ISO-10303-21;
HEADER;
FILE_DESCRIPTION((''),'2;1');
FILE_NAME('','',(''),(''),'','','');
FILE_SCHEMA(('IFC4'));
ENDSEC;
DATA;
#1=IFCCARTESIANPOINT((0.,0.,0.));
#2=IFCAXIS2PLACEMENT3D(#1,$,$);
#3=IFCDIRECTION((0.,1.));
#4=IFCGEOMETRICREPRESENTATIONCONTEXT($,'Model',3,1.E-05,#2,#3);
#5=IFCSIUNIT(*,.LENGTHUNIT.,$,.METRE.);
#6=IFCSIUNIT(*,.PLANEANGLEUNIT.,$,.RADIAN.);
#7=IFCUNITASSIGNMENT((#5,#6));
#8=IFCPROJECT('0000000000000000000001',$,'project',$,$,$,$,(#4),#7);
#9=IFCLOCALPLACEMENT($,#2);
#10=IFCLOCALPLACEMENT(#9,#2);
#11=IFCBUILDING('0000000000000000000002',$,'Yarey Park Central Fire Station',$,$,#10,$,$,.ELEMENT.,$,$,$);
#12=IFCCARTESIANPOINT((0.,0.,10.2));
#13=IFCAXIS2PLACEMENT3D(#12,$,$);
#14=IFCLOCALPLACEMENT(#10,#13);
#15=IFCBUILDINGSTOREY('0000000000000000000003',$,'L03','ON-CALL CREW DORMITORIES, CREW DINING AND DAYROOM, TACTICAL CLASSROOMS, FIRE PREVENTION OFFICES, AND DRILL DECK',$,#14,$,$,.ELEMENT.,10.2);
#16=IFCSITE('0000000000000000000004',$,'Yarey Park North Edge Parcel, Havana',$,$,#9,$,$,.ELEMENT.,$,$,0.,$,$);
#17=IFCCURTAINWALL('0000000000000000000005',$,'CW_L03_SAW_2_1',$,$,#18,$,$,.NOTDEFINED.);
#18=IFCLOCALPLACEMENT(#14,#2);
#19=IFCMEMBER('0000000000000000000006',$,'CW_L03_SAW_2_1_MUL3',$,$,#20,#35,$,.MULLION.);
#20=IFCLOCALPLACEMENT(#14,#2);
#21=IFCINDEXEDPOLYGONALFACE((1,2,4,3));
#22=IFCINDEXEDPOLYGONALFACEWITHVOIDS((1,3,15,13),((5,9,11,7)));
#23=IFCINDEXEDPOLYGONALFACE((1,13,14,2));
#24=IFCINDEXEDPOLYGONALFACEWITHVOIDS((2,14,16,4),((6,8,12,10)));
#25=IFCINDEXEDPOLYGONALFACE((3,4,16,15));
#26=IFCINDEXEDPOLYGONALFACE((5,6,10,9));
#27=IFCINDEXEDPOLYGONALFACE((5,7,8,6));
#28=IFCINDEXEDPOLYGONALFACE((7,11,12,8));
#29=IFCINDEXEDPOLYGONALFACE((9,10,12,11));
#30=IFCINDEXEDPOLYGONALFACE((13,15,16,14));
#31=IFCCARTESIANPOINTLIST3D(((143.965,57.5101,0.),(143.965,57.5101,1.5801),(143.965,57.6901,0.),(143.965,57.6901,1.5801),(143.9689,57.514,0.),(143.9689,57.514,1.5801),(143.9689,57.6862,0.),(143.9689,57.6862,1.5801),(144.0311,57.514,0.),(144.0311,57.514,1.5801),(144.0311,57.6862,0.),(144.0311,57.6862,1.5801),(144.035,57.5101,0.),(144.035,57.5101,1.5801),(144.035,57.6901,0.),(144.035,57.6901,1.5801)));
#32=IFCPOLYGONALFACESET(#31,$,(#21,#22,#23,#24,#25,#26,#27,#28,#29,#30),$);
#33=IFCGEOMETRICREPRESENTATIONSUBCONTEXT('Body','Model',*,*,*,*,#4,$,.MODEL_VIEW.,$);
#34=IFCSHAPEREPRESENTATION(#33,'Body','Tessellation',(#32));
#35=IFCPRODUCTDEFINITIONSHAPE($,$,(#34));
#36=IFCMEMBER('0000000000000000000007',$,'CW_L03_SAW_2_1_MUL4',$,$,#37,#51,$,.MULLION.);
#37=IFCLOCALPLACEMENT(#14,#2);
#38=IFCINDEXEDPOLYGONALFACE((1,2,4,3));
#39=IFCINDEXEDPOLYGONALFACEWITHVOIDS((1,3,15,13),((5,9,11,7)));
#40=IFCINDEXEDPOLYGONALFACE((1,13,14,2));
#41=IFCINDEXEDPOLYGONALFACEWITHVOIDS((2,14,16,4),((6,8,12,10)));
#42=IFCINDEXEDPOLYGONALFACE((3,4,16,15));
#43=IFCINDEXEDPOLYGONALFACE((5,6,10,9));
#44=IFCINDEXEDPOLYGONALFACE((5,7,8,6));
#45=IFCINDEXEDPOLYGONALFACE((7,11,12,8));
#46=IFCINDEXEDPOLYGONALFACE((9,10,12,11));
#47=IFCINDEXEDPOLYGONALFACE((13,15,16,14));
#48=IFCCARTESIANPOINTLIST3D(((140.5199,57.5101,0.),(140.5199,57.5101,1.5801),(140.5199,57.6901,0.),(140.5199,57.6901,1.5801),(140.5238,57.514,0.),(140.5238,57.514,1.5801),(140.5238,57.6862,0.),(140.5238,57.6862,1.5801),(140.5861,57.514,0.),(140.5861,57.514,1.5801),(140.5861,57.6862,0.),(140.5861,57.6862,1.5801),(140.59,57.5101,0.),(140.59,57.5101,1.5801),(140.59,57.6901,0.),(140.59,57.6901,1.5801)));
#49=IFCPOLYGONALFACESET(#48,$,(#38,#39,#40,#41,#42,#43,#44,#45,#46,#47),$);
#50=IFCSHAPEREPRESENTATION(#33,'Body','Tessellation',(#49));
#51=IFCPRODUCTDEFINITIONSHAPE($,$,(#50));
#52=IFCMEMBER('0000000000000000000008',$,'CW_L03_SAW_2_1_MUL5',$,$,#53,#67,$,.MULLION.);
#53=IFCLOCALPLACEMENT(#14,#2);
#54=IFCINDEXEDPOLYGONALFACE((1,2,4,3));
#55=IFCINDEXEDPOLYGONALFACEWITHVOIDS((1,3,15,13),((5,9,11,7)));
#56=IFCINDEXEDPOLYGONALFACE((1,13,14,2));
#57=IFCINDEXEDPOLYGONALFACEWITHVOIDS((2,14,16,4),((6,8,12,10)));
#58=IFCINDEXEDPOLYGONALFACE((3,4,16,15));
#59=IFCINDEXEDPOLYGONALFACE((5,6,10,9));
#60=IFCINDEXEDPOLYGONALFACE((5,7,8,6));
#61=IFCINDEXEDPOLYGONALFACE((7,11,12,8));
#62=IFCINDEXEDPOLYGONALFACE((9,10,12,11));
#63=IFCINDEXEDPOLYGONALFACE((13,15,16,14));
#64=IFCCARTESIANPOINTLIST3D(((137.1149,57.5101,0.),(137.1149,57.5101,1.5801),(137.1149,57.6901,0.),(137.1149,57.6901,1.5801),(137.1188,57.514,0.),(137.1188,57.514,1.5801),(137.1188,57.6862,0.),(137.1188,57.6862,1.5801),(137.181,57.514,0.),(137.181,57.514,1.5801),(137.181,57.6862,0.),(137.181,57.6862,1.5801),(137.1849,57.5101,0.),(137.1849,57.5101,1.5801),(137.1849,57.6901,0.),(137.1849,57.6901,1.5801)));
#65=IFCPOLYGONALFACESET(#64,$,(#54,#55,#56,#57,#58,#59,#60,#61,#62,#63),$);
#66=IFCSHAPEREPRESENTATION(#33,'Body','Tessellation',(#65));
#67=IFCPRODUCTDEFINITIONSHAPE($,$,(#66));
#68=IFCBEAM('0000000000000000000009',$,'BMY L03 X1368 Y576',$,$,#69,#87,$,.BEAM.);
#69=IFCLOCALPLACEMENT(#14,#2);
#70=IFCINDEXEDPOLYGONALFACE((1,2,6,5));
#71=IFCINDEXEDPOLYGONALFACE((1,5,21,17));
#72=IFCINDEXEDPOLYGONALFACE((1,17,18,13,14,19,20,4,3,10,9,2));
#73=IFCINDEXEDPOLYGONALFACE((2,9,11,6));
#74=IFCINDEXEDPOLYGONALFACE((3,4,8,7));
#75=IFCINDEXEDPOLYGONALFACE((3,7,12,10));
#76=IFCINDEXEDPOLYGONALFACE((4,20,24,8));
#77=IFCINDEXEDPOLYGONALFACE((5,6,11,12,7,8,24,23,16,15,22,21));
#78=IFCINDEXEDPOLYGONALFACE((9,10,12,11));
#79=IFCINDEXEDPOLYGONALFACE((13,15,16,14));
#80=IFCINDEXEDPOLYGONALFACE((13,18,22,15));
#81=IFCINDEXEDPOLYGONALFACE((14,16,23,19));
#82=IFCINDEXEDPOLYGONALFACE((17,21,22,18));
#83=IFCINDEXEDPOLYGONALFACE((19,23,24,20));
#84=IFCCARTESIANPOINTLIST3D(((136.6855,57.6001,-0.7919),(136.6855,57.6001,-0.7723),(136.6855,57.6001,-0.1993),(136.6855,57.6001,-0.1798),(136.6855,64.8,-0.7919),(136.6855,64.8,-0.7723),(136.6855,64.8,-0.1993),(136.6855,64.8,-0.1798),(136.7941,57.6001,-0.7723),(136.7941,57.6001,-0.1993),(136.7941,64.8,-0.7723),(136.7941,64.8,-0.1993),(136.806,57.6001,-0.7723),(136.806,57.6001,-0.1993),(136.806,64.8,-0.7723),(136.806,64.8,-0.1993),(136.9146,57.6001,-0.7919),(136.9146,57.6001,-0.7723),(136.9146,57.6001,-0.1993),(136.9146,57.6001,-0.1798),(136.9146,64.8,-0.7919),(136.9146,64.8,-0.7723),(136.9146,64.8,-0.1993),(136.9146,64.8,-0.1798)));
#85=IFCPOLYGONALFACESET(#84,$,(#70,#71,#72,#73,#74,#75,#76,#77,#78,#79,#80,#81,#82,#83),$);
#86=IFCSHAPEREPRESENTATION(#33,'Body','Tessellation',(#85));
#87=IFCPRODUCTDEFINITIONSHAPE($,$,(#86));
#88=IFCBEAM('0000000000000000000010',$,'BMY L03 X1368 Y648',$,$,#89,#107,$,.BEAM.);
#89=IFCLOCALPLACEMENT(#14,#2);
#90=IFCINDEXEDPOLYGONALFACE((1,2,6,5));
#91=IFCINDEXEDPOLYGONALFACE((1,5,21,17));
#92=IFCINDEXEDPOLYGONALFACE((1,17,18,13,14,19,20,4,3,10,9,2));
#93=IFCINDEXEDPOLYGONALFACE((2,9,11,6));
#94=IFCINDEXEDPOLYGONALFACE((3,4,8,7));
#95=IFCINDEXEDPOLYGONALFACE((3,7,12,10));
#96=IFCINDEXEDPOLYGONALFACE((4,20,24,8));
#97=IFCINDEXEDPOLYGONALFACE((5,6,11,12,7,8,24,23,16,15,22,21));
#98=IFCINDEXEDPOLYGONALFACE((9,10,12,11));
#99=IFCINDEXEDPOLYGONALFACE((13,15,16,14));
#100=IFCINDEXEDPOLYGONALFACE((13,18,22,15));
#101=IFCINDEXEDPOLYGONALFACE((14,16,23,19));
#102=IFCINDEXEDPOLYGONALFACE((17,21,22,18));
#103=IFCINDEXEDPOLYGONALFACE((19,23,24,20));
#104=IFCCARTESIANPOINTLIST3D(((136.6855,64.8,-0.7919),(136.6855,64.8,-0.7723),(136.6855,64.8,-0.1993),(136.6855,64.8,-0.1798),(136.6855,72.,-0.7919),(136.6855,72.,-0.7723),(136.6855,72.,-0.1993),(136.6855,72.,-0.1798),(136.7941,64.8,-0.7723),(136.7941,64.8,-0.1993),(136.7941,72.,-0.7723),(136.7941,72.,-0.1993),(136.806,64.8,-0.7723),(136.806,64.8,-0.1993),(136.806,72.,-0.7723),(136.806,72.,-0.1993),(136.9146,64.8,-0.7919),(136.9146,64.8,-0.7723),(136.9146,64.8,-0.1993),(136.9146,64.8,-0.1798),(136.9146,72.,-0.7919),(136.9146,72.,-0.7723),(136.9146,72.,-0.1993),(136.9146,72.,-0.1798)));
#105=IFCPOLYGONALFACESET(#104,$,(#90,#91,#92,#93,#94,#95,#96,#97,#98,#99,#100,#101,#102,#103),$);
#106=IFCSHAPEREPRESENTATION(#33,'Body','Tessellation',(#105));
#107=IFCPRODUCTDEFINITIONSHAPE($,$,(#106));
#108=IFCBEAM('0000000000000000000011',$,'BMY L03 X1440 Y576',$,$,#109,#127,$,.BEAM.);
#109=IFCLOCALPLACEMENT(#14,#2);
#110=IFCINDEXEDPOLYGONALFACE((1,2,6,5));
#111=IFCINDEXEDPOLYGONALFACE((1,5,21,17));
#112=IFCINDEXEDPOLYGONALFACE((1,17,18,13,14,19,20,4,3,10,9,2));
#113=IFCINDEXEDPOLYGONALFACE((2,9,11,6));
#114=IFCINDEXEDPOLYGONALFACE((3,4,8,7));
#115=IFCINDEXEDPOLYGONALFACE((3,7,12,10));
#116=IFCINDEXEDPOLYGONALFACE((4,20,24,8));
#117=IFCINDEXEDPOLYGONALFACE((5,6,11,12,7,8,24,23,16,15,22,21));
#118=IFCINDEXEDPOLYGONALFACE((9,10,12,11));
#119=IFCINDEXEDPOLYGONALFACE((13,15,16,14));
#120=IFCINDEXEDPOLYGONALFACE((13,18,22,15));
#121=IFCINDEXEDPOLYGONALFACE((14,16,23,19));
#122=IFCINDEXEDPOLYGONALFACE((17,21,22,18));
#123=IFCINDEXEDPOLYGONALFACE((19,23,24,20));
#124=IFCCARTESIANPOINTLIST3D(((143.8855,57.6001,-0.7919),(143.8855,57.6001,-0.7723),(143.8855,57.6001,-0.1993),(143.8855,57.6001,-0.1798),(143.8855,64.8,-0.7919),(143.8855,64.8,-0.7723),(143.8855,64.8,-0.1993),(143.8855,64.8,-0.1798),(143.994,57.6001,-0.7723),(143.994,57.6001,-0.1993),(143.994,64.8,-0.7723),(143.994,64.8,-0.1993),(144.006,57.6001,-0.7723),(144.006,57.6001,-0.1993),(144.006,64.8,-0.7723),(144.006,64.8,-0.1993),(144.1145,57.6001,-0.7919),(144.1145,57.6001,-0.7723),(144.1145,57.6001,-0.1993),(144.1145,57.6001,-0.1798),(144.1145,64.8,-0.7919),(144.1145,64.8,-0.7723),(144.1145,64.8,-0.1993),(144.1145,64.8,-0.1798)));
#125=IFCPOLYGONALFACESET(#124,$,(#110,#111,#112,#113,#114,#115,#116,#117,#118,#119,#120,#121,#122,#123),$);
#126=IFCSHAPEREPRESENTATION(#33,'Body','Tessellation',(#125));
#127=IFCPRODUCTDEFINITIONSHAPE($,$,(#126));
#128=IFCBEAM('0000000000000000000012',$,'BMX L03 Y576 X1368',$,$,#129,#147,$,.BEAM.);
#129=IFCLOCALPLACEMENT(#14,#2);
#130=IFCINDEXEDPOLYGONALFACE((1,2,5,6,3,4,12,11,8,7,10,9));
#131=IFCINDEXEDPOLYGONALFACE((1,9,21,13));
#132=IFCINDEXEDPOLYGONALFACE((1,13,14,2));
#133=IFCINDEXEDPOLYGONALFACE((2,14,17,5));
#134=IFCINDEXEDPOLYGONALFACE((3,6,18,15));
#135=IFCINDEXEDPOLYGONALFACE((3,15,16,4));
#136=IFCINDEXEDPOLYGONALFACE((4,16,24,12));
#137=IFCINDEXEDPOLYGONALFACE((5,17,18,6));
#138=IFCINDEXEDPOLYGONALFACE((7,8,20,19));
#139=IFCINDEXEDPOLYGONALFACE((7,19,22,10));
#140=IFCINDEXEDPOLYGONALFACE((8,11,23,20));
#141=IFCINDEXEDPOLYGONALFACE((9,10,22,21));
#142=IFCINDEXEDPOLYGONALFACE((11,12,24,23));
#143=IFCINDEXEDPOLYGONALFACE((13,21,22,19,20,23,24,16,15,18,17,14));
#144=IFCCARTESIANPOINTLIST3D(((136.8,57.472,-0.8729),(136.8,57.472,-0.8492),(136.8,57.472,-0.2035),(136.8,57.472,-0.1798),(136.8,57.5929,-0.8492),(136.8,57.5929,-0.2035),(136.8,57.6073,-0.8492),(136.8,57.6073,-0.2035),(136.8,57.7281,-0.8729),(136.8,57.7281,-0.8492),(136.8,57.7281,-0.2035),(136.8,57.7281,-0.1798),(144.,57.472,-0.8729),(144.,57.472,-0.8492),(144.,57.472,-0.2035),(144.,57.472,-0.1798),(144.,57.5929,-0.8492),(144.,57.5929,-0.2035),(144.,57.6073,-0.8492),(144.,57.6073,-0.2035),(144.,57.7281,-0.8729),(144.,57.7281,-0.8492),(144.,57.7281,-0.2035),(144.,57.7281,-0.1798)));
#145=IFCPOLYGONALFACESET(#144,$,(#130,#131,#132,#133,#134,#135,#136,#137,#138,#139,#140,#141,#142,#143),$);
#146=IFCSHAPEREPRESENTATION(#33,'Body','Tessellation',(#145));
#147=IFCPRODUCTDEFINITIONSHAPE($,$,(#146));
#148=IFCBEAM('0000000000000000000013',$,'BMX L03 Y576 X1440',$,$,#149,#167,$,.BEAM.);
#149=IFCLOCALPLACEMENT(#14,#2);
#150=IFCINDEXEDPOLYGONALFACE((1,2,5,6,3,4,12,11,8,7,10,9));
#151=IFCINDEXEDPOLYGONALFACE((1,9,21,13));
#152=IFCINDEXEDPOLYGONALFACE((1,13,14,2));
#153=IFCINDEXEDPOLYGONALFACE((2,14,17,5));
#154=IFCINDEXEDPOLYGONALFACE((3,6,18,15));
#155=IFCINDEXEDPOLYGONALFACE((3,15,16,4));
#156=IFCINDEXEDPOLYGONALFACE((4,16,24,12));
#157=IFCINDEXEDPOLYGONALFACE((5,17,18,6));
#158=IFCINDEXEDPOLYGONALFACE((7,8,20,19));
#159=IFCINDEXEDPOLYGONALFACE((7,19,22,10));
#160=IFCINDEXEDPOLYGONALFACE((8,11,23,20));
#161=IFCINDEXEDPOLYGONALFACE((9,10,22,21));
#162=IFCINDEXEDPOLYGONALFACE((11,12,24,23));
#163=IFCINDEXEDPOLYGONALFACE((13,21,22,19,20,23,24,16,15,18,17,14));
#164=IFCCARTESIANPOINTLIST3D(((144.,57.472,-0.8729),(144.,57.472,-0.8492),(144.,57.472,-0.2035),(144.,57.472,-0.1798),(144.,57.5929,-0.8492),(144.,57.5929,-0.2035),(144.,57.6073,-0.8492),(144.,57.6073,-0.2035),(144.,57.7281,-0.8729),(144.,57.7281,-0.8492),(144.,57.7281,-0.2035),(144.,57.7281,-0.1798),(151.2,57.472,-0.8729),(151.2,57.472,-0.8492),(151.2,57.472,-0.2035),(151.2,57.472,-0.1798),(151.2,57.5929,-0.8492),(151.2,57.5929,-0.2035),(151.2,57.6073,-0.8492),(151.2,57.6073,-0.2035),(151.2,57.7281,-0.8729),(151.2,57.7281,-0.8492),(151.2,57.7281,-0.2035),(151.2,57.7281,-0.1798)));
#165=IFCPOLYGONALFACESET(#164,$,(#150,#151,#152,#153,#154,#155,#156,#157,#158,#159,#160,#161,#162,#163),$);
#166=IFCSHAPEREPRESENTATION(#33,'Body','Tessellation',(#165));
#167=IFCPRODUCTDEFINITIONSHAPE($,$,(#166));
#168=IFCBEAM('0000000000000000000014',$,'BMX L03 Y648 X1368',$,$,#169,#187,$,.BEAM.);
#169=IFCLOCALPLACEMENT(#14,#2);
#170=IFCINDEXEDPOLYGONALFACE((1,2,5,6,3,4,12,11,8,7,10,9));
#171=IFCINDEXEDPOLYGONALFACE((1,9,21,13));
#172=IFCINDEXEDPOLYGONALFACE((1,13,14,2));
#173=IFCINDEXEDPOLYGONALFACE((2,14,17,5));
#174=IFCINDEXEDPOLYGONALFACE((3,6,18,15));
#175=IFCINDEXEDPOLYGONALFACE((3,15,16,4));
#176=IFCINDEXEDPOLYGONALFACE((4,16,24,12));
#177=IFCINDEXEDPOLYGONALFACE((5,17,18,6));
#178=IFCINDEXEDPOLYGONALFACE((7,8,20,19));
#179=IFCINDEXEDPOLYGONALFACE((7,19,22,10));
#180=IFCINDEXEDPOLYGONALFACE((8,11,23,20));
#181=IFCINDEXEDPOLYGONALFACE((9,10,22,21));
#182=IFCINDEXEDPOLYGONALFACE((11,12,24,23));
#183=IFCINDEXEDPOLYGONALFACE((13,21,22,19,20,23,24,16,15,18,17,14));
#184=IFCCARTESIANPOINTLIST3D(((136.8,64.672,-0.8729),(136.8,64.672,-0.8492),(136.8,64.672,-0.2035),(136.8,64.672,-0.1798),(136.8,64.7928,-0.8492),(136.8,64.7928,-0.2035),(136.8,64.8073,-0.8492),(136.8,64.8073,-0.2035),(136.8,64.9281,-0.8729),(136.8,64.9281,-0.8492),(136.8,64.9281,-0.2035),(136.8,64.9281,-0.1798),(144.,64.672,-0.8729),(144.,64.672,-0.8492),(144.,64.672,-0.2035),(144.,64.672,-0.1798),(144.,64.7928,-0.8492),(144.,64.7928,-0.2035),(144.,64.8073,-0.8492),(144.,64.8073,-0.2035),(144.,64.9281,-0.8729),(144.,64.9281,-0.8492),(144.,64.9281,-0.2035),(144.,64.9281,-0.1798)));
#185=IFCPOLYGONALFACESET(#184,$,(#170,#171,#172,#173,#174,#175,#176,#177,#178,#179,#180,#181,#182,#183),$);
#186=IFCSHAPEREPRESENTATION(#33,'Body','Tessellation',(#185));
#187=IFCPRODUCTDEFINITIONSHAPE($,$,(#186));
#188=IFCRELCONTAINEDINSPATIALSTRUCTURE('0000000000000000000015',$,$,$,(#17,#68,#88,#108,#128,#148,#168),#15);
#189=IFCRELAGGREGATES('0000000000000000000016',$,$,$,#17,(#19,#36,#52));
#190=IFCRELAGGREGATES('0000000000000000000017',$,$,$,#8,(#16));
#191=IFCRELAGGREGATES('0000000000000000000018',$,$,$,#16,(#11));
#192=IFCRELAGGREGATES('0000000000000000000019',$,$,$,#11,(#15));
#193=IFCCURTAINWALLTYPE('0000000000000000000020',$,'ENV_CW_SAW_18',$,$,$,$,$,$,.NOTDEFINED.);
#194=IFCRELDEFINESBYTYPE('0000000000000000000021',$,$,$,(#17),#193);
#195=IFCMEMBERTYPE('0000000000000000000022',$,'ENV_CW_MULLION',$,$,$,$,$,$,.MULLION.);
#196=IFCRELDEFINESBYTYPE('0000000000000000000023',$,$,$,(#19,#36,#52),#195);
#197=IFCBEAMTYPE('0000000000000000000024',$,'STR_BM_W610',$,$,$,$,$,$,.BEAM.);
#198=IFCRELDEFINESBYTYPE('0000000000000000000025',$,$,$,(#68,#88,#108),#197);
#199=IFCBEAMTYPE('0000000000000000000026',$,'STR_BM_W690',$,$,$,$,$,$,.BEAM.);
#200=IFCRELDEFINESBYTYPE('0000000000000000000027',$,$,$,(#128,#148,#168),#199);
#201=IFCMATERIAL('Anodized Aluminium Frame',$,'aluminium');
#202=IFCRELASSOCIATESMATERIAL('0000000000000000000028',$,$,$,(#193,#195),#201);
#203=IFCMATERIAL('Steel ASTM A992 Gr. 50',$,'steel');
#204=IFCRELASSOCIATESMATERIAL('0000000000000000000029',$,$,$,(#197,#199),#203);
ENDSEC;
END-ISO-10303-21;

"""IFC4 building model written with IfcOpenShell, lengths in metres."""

from ifc_helpers import new_model, si_unit, direction, frame, origin, origin_2d, place, context, subcontext, project, spatial, hollow_rectangle, i_section, extrude, material, material_profile, profile_set, type_object, element, aggregate, save


model = new_model("IFC4")

# Units and contexts
model_context = context("Model", 3, precision=1e-05, world=origin(), true_north=direction((0.0, 1.0)))
body_context = subcontext(model_context, "Body", "Model", "MODEL_VIEW")
ifc_project = project(units=[si_unit("LENGTHUNIT", "METRE"), si_unit("PLANEANGLEUNIT", "RADIAN")], contexts=[model_context])

# Site, building, storey
site_placement = place(None, origin())
site = spatial("IfcSite", under=ifc_project, at=site_placement, Name="Yarey Park North Edge Parcel, Havana", CompositionType="ELEMENT", RefElevation=0.0)
building_placement = place(site_placement, origin())
building = spatial("IfcBuilding", under=site, at=building_placement, Name="Yarey Park Central Fire Station", CompositionType="ELEMENT")
storey_placement = place(building_placement, frame((0.0, 0.0, 10.2)))
storey = spatial("IfcBuildingStorey", under=building, at=storey_placement, Name="L03", Description="ON-CALL CREW DORMITORIES, CREW DINING AND DAYROOM, TACTICAL CLASSROOMS, FIRE PREVENTION OFFICES, AND DRILL DECK", CompositionType="ELEMENT", Elevation=10.2)

# Curtain wall, members
ifc_material_1 = material(Name="Anodized Aluminium Frame", Category="aluminium")
curtain_wall_type = type_object("IfcCurtainWallType", Name="ENV_CW_SAW_18", PredefinedType="NOTDEFINED", material=ifc_material_1)
curtain_wall_placement = place(storey_placement, origin())
curtain_wall = element("IfcCurtainWall", 1, at=curtain_wall_placement, inside=storey, type_object=curtain_wall_type, Name="CW_L03_SAW_2_1", PredefinedType="NOTDEFINED")
ifc_material_profile_1 = material_profile(ifc_material_1, hollow_rectangle(XDim=0.0701, YDim=0.1799, WallThickness=0.0039, at=origin_2d()), Name="ALU 180x70x4")
ifc_profile_set_1 = profile_set([ifc_material_profile_1], Name="Anodized Aluminium Frame")
member_type_1 = type_object("IfcMemberType", Name="ENV_CW_MULLION", PredefinedType="MULLION", material=ifc_profile_set_1)
member_1_placement = place(storey_placement, frame((144.0, 57.6001, 0.0), z_axis=(0.0, 0.0, 1.0), x_axis=(1.0, 0.0, 0.0)))
member_1 = element("IfcMember", 2, at=member_1_placement, type_object=member_type_1, Name="CW_L03_SAW_2_1_MUL3", PredefinedType="MULLION", context=body_context, shape_type="SweptSolid", body=[
    extrude(hollow_rectangle(XDim=0.0701, YDim=0.1799, WallThickness=0.0039, at=origin_2d()), origin(), (0.0, 0.0, 1.0), 1.5801),
])
member_2_placement = place(storey_placement, frame((140.5549, 57.6001, 0.0), z_axis=(0.0, 0.0, 1.0), x_axis=(1.0, 0.0, 0.0)))
member_2 = element("IfcMember", 3, at=member_2_placement, type_object=member_type_1, Name="CW_L03_SAW_2_1_MUL4", PredefinedType="MULLION", context=body_context, shape_type="SweptSolid", body=[
    extrude(hollow_rectangle(XDim=0.0701, YDim=0.1799, WallThickness=0.0039, at=origin_2d()), origin(), (0.0, 0.0, 1.0), 1.5801),
])
member_3_placement = place(storey_placement, frame((137.1499, 57.6001, 0.0), z_axis=(0.0, 0.0, 1.0), x_axis=(1.0, 0.0, 0.0)))
member_3 = element("IfcMember", 4, at=member_3_placement, type_object=member_type_1, Name="CW_L03_SAW_2_1_MUL5", PredefinedType="MULLION", context=body_context, shape_type="SweptSolid", body=[
    extrude(hollow_rectangle(XDim=0.0701, YDim=0.1799, WallThickness=0.0039, at=origin_2d()), origin(), (0.0, 0.0, 1.0), 1.5801),
])

# Beams
ifc_material_2 = material(Name="Steel ASTM A992 Gr. 50", Category="steel")
ifc_material_profile_2 = material_profile(ifc_material_2, i_section(OverallWidth=0.229, OverallDepth=0.6121, WebThickness=0.012, FlangeThickness=0.0195, at=origin_2d()), Name="W610x125")
ifc_profile_set_2 = profile_set([ifc_material_profile_2], Name="Steel ASTM A992 Gr. 50")
beam_type_1 = type_object("IfcBeamType", Name="STR_BM_W610", PredefinedType="BEAM", material=ifc_profile_set_2)
for number, where, z_axis, x_axis, name in (
    (5, (136.8, 57.6001, -0.4858), (0.0, 1.0, 0.0), (-1.0, 0.0, 0.0), "BMY L03 X1368 Y576"),
    (6, (136.8, 64.8, -0.4858), (0.0, 1.0, 0.0), (-1.0, 0.0, 0.0), "BMY L03 X1368 Y648"),
    (7, (144.0, 57.6001, -0.4858), (0.0, 1.0, 0.0), (-1.0, 0.0, 0.0), "BMY L03 X1440 Y576"),
):
    element("IfcBeam", number, at=place(storey_placement, frame(where, z_axis=z_axis, x_axis=x_axis)), inside=storey, type_object=beam_type_1, Name=name, PredefinedType="BEAM", context=body_context, shape_type="SweptSolid", body=[
        extrude(i_section(OverallWidth=0.229, OverallDepth=0.6121, WebThickness=0.012, FlangeThickness=0.0195, at=origin_2d()), origin(), (0.0, 0.0, 1.0), 7.2),
    ])
ifc_material_profile_3 = material_profile(ifc_material_2, i_section(OverallWidth=0.2561, OverallDepth=0.6931, WebThickness=0.0144, FlangeThickness=0.0237, at=origin_2d()), Name="W690x170")
ifc_profile_set_3 = profile_set([ifc_material_profile_3], Name="Steel ASTM A992 Gr. 50")
beam_type_2 = type_object("IfcBeamType", Name="STR_BM_W690", PredefinedType="BEAM", material=ifc_profile_set_3)
for number, where, z_axis, x_axis, name in (
    (8, (136.8, 57.6001, -0.5264), (1.0, 0.0, 0.0), (0.0, 1.0, 0.0), "BMX L03 Y576 X1368"),
    (9, (144.0, 57.6001, -0.5264), (1.0, 0.0, 0.0), (0.0, 1.0, 0.0), "BMX L03 Y576 X1440"),
    (10, (136.8, 64.8, -0.5264), (1.0, 0.0, 0.0), (0.0, 1.0, 0.0), "BMX L03 Y648 X1368"),
):
    element("IfcBeam", number, at=place(storey_placement, frame(where, z_axis=z_axis, x_axis=x_axis)), inside=storey, type_object=beam_type_2, Name=name, PredefinedType="BEAM", context=body_context, shape_type="SweptSolid", body=[
        extrude(i_section(OverallWidth=0.2561, OverallDepth=0.6931, WebThickness=0.0144, FlangeThickness=0.0237, at=origin_2d()), origin(), (0.0, 0.0, 1.0), 7.2),
    ])

aggregate(curtain_wall, [member_1, member_2, member_3])

save(model, "model.ifc")
